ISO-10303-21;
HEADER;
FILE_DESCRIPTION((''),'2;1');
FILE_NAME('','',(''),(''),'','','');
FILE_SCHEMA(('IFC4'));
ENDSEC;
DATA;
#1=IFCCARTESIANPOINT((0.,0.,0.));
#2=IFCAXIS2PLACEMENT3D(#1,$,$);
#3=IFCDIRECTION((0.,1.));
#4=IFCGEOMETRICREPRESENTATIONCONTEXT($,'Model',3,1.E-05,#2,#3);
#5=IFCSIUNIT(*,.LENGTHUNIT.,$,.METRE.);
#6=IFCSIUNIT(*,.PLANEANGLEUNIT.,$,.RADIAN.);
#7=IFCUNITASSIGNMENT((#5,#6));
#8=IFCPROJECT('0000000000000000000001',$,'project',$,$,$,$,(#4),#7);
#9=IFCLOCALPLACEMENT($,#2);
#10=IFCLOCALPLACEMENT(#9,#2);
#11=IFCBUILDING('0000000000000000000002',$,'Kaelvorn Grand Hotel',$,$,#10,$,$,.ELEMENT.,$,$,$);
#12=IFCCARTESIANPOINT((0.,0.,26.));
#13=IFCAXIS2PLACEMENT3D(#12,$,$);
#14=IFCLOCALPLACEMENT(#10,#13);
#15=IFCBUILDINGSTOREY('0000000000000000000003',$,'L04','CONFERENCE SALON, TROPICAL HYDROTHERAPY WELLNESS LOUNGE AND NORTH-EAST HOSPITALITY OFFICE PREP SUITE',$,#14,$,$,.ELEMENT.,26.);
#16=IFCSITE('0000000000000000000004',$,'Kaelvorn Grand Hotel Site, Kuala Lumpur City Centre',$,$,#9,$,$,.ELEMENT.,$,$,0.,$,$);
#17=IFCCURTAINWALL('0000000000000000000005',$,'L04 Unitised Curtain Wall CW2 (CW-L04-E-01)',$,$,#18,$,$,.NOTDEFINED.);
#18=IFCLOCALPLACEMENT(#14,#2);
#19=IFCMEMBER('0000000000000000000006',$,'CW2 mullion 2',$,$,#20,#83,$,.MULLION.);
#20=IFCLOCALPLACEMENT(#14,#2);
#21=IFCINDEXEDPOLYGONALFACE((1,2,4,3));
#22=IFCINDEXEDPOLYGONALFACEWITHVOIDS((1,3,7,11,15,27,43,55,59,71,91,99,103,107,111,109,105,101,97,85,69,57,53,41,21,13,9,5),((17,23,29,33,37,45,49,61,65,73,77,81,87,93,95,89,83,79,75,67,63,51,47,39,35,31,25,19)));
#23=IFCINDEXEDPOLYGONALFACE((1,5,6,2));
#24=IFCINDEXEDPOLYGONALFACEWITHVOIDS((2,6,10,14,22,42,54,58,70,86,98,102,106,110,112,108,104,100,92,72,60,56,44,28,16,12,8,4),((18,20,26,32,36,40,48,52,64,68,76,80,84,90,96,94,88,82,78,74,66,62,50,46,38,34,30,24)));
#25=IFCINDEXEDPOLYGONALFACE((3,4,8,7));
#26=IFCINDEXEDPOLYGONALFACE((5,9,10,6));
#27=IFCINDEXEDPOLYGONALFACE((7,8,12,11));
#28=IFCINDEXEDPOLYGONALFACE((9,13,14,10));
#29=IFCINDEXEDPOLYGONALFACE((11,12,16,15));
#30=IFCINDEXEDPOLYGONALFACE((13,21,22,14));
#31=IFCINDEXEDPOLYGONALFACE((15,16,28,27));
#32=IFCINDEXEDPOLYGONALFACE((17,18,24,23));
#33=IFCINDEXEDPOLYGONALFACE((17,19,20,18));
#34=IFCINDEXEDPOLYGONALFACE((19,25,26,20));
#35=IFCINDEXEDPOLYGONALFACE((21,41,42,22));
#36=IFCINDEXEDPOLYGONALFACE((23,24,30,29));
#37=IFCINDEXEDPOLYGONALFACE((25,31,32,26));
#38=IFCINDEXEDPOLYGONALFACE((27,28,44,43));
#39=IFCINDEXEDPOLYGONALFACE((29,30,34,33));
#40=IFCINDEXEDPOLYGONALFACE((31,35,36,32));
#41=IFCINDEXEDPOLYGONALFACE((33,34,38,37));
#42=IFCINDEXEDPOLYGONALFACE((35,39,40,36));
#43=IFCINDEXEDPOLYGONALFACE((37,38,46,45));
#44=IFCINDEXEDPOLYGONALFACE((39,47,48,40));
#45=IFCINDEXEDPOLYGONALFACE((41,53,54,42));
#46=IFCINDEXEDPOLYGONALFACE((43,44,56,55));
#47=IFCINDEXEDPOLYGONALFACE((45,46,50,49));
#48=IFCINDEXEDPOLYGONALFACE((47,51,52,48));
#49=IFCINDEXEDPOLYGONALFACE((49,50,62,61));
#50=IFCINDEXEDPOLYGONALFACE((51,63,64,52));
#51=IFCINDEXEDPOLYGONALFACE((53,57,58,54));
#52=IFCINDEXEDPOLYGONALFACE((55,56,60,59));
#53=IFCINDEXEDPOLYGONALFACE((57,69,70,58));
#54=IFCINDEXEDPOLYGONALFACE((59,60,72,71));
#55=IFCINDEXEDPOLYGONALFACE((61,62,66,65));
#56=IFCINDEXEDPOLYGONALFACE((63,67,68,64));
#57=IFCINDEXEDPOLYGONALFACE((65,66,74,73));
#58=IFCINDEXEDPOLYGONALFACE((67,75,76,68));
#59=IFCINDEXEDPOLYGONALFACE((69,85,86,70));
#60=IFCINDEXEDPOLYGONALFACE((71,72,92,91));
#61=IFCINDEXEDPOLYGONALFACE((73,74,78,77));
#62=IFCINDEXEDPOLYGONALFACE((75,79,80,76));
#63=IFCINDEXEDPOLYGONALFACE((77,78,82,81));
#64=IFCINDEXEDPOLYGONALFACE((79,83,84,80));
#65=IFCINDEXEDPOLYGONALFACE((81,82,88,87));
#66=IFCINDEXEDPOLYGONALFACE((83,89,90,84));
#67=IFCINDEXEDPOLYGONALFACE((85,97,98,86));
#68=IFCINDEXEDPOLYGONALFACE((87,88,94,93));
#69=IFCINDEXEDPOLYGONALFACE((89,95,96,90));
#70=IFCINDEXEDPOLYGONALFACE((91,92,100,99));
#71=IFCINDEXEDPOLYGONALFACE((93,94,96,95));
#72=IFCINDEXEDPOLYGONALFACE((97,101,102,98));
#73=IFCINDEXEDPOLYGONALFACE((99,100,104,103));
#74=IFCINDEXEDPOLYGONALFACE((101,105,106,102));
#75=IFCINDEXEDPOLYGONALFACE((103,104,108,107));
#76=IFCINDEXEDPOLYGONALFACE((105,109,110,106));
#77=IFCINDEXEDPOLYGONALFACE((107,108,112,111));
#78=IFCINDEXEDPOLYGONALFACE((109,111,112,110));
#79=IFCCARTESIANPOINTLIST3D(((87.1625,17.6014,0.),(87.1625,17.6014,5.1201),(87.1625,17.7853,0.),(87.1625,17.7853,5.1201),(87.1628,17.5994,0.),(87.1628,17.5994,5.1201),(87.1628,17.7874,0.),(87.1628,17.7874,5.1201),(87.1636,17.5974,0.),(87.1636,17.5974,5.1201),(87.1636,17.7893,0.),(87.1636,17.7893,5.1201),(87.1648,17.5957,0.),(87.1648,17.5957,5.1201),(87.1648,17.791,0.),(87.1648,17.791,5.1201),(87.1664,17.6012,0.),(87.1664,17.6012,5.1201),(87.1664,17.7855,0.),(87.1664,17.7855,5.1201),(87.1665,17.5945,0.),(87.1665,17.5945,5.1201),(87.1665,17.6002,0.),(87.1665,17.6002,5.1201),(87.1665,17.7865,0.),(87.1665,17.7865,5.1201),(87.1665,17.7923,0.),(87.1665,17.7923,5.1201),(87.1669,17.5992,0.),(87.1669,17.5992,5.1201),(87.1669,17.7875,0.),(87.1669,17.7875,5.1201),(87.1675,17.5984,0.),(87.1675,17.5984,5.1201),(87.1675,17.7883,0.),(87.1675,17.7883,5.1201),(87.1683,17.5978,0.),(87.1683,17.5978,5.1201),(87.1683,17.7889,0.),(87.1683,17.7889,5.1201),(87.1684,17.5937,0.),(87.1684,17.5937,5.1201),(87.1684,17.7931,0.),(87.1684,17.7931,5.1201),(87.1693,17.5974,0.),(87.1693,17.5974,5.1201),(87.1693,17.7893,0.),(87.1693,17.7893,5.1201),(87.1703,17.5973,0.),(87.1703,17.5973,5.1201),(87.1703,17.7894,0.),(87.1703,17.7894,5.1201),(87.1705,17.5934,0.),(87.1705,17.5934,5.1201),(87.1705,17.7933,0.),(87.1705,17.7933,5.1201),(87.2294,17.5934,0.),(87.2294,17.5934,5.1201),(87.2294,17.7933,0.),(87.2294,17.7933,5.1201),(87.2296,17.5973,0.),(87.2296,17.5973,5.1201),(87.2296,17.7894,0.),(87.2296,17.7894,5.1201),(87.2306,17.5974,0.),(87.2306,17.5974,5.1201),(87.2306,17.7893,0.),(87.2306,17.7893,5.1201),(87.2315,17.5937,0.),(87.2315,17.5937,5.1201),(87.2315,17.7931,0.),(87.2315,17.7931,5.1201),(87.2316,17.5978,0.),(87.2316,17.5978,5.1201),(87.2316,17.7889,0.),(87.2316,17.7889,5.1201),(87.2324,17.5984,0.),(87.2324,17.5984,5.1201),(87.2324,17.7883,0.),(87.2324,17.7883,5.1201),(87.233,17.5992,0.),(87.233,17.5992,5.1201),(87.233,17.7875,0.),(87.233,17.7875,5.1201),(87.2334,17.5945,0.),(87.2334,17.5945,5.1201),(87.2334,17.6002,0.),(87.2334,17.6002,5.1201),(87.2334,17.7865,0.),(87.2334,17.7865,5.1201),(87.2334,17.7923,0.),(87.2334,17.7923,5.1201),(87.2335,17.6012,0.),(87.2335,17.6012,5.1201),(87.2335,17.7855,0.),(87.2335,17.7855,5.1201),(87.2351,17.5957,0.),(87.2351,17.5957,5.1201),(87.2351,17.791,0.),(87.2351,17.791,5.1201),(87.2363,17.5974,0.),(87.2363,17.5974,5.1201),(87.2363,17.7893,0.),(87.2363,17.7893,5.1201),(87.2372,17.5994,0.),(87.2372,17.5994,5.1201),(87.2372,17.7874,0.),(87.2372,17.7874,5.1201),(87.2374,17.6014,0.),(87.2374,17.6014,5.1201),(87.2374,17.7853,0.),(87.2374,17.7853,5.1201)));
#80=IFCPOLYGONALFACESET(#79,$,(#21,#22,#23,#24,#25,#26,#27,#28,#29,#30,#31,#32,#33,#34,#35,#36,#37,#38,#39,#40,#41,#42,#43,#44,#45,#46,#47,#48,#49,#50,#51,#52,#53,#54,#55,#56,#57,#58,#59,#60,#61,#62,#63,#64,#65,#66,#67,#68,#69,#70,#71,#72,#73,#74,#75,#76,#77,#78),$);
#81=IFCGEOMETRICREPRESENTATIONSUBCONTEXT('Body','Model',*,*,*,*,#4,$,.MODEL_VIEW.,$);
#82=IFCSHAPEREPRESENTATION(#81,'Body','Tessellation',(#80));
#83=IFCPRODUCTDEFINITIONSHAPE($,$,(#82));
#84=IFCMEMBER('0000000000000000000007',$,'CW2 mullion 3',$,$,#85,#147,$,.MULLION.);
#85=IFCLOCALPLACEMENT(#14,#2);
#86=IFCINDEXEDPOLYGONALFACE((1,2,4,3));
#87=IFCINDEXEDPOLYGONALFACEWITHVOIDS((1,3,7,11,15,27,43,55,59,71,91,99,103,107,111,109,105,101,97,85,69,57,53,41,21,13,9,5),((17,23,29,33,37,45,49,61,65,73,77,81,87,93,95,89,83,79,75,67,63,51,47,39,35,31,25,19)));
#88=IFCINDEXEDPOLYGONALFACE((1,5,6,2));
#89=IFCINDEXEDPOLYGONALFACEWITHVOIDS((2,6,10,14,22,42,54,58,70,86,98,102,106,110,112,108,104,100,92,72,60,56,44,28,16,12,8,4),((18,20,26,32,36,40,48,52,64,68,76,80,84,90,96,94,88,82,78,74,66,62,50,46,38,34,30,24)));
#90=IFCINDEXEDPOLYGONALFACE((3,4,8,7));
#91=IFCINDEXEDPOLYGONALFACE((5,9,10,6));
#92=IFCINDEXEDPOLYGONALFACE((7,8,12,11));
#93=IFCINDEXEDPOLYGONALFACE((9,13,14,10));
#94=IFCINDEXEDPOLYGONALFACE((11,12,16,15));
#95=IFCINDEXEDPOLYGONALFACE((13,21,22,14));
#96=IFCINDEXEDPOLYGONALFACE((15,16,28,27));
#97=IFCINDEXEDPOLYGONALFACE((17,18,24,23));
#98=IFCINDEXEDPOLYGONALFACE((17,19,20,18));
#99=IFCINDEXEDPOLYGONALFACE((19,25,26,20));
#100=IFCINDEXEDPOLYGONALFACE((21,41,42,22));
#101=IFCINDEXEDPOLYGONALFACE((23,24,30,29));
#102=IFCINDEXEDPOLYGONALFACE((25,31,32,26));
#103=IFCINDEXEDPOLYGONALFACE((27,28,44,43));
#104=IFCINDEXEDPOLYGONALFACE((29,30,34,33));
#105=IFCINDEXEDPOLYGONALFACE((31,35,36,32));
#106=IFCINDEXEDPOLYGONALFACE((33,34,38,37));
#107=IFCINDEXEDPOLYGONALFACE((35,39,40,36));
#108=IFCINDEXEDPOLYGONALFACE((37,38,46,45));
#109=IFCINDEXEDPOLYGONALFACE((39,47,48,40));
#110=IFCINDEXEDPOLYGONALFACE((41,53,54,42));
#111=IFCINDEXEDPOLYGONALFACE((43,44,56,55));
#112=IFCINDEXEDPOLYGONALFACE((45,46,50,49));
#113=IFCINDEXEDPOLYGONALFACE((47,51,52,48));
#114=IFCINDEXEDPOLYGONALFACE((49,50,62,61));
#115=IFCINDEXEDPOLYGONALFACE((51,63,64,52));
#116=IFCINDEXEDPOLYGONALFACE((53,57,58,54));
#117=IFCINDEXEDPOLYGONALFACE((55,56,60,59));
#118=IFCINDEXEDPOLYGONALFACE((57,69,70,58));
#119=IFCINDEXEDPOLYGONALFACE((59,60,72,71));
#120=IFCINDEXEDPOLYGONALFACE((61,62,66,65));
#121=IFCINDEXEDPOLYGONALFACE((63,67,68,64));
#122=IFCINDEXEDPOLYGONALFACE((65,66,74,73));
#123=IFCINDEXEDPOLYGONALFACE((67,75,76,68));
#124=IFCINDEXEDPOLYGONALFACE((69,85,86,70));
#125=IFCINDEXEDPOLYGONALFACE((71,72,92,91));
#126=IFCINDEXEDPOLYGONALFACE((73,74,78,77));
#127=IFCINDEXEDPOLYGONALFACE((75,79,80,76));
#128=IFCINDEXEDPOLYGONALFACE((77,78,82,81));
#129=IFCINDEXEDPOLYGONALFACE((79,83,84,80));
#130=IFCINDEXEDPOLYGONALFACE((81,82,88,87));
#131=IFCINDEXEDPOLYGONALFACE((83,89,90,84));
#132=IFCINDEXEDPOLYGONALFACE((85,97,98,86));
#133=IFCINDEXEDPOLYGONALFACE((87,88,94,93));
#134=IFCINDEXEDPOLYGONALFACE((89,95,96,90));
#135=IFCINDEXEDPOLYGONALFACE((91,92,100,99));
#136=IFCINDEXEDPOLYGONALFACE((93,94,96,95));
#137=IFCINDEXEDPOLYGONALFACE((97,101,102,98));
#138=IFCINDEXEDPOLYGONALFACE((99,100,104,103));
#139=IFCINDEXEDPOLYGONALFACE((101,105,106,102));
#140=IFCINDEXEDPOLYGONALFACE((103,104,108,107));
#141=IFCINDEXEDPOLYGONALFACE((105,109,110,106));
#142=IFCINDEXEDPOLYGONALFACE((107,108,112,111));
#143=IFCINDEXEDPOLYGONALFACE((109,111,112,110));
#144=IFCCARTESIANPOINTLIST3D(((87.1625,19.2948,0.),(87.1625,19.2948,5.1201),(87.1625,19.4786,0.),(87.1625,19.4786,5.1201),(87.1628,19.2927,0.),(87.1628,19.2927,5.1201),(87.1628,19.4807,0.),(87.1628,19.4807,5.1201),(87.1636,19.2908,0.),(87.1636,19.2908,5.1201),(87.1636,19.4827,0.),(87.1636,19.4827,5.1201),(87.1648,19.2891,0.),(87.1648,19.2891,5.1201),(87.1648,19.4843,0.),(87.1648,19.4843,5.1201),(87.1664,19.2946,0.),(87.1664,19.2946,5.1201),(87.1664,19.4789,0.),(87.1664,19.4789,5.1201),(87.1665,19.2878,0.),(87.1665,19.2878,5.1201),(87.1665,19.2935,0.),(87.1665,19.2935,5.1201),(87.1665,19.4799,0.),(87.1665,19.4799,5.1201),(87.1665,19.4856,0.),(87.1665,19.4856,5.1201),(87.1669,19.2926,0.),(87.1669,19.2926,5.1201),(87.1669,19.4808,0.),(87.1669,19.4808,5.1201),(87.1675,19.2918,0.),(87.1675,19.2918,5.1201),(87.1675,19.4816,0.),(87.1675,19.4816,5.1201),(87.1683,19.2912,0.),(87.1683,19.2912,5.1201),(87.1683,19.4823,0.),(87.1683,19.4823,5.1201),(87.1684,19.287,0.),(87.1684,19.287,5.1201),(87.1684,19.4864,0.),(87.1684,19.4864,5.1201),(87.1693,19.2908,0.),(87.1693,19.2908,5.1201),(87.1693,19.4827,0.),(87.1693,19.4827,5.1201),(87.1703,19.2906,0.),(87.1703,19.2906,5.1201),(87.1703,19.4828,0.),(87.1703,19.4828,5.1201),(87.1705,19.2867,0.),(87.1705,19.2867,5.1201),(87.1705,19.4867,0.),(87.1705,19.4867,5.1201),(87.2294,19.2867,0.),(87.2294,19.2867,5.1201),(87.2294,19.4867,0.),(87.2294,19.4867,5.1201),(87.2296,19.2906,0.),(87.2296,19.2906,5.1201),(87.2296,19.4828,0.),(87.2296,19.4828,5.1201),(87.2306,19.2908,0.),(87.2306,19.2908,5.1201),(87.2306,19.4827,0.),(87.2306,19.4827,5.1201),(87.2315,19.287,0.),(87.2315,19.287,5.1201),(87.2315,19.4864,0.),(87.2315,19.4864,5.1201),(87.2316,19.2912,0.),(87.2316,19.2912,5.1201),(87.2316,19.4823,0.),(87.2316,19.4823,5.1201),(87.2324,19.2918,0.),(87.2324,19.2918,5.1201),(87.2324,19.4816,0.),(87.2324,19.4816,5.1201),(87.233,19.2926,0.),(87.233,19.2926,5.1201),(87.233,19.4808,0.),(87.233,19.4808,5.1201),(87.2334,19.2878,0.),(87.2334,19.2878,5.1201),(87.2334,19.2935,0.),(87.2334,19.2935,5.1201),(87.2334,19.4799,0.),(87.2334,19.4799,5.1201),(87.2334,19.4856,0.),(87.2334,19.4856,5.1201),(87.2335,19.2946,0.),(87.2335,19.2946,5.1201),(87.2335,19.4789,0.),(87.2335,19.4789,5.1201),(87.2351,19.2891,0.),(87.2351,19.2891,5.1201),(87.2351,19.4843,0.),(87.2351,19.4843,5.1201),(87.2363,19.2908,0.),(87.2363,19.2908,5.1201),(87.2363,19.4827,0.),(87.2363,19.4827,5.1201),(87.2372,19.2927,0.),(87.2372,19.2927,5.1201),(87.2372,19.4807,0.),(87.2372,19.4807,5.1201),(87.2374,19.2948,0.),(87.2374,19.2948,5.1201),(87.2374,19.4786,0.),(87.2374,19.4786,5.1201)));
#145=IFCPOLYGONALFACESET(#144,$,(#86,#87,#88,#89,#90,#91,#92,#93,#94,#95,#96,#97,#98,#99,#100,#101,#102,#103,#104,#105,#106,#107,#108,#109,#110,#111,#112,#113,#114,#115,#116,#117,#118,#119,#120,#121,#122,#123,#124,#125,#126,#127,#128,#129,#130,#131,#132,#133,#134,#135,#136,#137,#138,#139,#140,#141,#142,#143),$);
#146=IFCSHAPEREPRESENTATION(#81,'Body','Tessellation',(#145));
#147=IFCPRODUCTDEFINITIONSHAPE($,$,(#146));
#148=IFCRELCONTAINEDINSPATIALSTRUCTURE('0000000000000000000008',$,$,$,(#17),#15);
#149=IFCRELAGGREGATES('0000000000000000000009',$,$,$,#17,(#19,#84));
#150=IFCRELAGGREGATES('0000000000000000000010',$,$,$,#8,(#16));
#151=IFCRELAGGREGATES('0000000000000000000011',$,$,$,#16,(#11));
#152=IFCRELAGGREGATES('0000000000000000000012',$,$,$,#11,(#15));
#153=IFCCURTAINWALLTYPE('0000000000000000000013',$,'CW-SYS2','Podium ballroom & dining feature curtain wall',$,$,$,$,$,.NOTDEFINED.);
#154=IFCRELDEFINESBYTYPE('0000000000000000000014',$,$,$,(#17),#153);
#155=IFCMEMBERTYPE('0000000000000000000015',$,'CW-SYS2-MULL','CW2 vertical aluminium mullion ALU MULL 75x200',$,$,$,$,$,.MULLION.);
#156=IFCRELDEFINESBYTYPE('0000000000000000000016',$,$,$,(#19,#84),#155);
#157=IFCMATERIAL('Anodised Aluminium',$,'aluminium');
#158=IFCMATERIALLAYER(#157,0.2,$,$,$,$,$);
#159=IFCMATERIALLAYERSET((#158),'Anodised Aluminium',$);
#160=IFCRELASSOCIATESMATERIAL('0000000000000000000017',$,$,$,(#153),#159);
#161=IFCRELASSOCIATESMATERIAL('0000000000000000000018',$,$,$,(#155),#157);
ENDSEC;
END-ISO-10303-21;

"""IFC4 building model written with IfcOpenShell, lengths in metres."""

from ifc_helpers import new_model, si_unit, direction, frame, origin, origin_2d, place, context, subcontext, project, spatial, hollow_rectangle, extrude, material, layer, layer_set, material_profile, profile_set, type_object, element, aggregate, save


model = new_model("IFC4")

# Units and contexts
model_context = context("Model", 3, precision=1e-05, world=origin(), true_north=direction((0.0, 1.0)))
body_context = subcontext(model_context, "Body", "Model", "MODEL_VIEW")
ifc_project = project(units=[si_unit("LENGTHUNIT", "METRE"), si_unit("PLANEANGLEUNIT", "RADIAN")], contexts=[model_context])

# Site, building, storey
site_placement = place(None, origin())
site = spatial("IfcSite", under=ifc_project, at=site_placement, Name="Kaelvorn Grand Hotel Site, Kuala Lumpur City Centre", CompositionType="ELEMENT", RefElevation=0.0)
building_placement = place(site_placement, origin())
building = spatial("IfcBuilding", under=site, at=building_placement, Name="Kaelvorn Grand Hotel", CompositionType="ELEMENT")
storey_placement = place(building_placement, frame((0.0, 0.0, 26.0)))
storey = spatial("IfcBuildingStorey", under=building, at=storey_placement, Name="L04", Description="CONFERENCE SALON, TROPICAL HYDROTHERAPY WELLNESS LOUNGE AND NORTH-EAST HOSPITALITY OFFICE PREP SUITE", CompositionType="ELEMENT", Elevation=26.0)

# Curtain wall, members
ifc_material_1 = material(Name="Anodised Aluminium", Category="aluminium")
ifc_layer_1 = layer(ifc_material_1, 0.2)
ifc_layer_set_1 = layer_set([ifc_layer_1], Name="Anodised Aluminium")
curtain_wall_type = type_object("IfcCurtainWallType", Name="CW-SYS2", Description="Podium ballroom & dining feature curtain wall", PredefinedType="NOTDEFINED", material=ifc_layer_set_1)
curtain_wall_placement = place(storey_placement, origin())
curtain_wall = element("IfcCurtainWall", 1, at=curtain_wall_placement, inside=storey, type_object=curtain_wall_type, Name="L04 Unitised Curtain Wall CW2 (CW-L04-E-01)", PredefinedType="NOTDEFINED")
ifc_material_profile_1 = material_profile(ifc_material_1, hollow_rectangle(XDim=0.075, YDim=0.2, WallThickness=0.0039, InnerFilletRadius=0.0039, OuterFilletRadius=0.0081, at=origin_2d()), Name="ALU MULL 75x200")
ifc_profile_set_1 = profile_set([ifc_material_profile_1], Name="Anodised Aluminium")
member_type_1 = type_object("IfcMemberType", Name="CW-SYS2-MULL", Description="CW2 vertical aluminium mullion ALU MULL 75x200", PredefinedType="MULLION", material=ifc_profile_set_1)
member_1_placement = place(storey_placement, frame((87.2, 17.6934, 0.0), z_axis=(0.0, 0.0, 1.0), x_axis=(-1.0, 0.0, 0.0)))
member_1 = element("IfcMember", 2, at=member_1_placement, type_object=member_type_1, Name="CW2 mullion 2", PredefinedType="MULLION", context=body_context, shape_type="SweptSolid", body=[
    extrude(hollow_rectangle(XDim=0.075, YDim=0.2, WallThickness=0.0039, InnerFilletRadius=0.0039, OuterFilletRadius=0.0081, at=origin_2d()), origin(), (0.0, 0.0, 1.0), 5.1201),
])
member_2_placement = place(storey_placement, frame((87.2, 19.3867, 0.0), z_axis=(0.0, 0.0, 1.0), x_axis=(-1.0, 0.0, 0.0)))
member_2 = element("IfcMember", 3, at=member_2_placement, type_object=member_type_1, Name="CW2 mullion 3", PredefinedType="MULLION", context=body_context, shape_type="SweptSolid", body=[
    extrude(hollow_rectangle(XDim=0.075, YDim=0.2, WallThickness=0.0039, InnerFilletRadius=0.0039, OuterFilletRadius=0.0081, at=origin_2d()), origin(), (0.0, 0.0, 1.0), 5.1201),
])
aggregate(curtain_wall, [member_1, member_2])

save(model, "model.ifc")
